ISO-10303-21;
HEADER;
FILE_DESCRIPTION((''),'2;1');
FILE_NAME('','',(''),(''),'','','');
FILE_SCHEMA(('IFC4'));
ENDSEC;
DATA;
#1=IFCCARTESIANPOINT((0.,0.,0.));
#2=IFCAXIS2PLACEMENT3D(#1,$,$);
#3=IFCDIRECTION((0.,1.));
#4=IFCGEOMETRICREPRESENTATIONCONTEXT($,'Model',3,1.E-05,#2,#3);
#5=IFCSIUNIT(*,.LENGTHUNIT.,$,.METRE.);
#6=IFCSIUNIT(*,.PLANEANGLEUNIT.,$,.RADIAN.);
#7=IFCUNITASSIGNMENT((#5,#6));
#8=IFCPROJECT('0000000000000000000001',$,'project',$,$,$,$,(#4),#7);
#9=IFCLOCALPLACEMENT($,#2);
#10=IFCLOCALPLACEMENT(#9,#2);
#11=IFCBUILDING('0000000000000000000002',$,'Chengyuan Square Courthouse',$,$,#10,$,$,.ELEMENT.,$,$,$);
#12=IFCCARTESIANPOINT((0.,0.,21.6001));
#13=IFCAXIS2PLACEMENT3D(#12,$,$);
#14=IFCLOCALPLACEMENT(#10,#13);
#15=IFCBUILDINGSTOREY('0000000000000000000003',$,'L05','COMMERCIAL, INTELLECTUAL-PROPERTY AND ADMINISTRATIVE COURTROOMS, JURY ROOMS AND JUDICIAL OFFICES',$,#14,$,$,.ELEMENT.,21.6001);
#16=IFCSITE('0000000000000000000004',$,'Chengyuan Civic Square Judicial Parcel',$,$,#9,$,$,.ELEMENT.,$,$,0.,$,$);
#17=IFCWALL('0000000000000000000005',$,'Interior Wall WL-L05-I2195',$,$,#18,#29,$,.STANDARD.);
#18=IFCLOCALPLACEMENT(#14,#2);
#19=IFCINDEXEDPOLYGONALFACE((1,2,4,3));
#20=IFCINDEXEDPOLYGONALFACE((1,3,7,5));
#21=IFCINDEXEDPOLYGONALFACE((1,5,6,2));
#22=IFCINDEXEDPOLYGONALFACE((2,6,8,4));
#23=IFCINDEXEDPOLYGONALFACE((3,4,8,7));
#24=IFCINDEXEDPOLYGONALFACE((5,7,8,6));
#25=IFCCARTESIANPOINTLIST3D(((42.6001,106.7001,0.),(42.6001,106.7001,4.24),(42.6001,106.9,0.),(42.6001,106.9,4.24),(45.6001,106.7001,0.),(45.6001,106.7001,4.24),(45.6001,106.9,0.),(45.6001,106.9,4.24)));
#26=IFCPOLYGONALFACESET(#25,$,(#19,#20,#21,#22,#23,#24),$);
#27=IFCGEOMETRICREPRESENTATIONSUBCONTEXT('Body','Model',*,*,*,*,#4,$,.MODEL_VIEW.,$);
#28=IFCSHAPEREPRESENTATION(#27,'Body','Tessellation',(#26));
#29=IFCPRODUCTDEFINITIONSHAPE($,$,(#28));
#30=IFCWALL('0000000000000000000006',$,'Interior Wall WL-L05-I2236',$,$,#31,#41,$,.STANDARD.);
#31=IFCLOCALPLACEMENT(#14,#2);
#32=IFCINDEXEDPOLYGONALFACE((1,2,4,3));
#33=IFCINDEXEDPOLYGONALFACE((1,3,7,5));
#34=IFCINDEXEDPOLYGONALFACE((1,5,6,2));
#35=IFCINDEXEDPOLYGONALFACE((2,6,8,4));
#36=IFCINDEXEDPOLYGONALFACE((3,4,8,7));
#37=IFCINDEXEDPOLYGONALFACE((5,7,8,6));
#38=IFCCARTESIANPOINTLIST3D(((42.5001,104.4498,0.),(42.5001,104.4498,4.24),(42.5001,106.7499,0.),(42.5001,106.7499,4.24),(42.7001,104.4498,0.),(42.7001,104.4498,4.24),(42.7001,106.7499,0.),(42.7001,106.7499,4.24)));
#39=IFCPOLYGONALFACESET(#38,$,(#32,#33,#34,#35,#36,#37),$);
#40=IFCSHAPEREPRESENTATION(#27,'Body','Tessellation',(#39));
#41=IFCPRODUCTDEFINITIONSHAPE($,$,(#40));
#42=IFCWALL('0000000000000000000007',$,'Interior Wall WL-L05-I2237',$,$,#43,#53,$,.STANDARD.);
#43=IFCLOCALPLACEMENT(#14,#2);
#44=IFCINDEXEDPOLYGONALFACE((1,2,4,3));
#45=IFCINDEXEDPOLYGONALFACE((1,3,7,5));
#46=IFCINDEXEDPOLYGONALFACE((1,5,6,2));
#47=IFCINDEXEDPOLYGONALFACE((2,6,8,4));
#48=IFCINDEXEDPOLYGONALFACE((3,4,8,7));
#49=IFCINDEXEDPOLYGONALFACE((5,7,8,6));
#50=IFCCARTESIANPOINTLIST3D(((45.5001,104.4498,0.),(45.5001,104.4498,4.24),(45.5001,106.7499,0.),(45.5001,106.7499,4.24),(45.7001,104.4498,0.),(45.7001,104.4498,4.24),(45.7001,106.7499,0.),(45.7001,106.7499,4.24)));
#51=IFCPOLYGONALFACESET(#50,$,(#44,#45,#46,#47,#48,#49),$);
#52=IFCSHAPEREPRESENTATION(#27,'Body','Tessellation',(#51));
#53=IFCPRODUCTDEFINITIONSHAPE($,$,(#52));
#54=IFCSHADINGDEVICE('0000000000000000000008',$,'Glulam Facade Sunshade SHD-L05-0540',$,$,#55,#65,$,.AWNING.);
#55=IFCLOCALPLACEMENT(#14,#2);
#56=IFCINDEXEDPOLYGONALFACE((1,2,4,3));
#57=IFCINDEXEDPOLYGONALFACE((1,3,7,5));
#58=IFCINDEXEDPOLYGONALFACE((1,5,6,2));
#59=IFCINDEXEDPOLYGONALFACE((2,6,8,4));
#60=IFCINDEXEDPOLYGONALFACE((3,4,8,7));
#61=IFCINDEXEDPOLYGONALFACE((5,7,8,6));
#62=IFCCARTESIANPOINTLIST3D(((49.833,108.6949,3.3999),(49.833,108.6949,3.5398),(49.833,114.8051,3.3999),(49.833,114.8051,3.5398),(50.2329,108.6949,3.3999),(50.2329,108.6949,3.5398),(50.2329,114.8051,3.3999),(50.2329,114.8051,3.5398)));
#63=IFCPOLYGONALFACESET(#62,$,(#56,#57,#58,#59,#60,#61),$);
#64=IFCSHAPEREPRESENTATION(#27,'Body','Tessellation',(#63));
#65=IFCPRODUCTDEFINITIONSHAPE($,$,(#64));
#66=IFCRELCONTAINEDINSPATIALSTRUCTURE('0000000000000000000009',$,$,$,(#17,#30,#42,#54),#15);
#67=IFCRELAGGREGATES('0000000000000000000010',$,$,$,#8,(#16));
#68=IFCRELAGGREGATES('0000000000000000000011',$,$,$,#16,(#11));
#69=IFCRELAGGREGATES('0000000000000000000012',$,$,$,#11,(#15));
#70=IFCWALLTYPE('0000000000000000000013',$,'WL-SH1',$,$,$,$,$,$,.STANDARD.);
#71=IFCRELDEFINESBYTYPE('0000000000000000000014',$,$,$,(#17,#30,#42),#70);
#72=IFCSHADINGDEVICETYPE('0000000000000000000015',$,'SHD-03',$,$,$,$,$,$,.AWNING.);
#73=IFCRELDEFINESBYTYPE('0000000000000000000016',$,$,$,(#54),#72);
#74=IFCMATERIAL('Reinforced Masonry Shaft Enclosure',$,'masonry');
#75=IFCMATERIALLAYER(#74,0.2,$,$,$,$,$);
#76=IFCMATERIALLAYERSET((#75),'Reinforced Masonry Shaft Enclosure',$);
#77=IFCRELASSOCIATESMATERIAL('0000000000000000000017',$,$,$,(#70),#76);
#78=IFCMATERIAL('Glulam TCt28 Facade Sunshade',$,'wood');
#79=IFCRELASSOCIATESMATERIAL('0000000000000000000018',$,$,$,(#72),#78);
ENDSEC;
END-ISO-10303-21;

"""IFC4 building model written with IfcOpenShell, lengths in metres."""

from ifc_helpers import new_model, si_unit, direction, frame, frame_2d, origin, origin_2d, place, context, subcontext, project, spatial, rectangle, extrude, material, layer, layer_set, type_object, element, save


model = new_model("IFC4")

# Units and contexts
model_context = context("Model", 3, precision=1e-05, world=origin(), true_north=direction((0.0, 1.0)))
body_context = subcontext(model_context, "Body", "Model", "MODEL_VIEW")
ifc_project = project(units=[si_unit("LENGTHUNIT", "METRE"), si_unit("PLANEANGLEUNIT", "RADIAN")], contexts=[model_context])

# Site, building, storey
site_placement = place(None, origin())
site = spatial("IfcSite", under=ifc_project, at=site_placement, Name="Chengyuan Civic Square Judicial Parcel", CompositionType="ELEMENT", RefElevation=0.0)
building_placement = place(site_placement, origin())
building = spatial("IfcBuilding", under=site, at=building_placement, Name="Chengyuan Square Courthouse", CompositionType="ELEMENT")
storey_placement = place(building_placement, frame((0.0, 0.0, 21.6001)))
storey = spatial("IfcBuildingStorey", under=building, at=storey_placement, Name="L05", Description="COMMERCIAL, INTELLECTUAL-PROPERTY AND ADMINISTRATIVE COURTROOMS, JURY ROOMS AND JUDICIAL OFFICES", CompositionType="ELEMENT", Elevation=21.6001)

# Shared definitions
ifc_material_1 = material(Name="Reinforced Masonry Shaft Enclosure", Category="masonry")
ifc_layer_1 = layer(ifc_material_1, 0.2)
ifc_layer_set_1 = layer_set([ifc_layer_1], Name="Reinforced Masonry Shaft Enclosure")
wall_type_1 = type_object("IfcWallType", Name="WL-SH1", PredefinedType="STANDARD", material=ifc_layer_set_1)

# Walls
wall_1_placement = place(storey_placement, frame((42.6001, 106.8, 0.0), z_axis=(0.0, 0.0, 1.0), x_axis=(1.0, 0.0, 0.0)))
element("IfcWall", 1, at=wall_1_placement, inside=storey, type_object=wall_type_1, Name="Interior Wall WL-L05-I2195", PredefinedType="STANDARD", context=body_context, shape_type="SweptSolid", body=[
    extrude(rectangle(XDim=3.0, YDim=0.2, at=frame_2d((1.5, 0.0))), origin(), (0.0, 0.0, 1.0), 4.24),
])
for number, where, z_axis, x_axis, name in (
    (2, (42.6001, 104.45, 0.0), (0.0, 0.0, 1.0), (0.0, 1.0, 0.0), "Interior Wall WL-L05-I2236"),
    (3, (45.6001, 104.45, 0.0), (0.0, 0.0, 1.0), (0.0, 1.0, 0.0), "Interior Wall WL-L05-I2237"),
):
    element("IfcWall", number, at=place(storey_placement, frame(where, z_axis=z_axis, x_axis=x_axis)), inside=storey, type_object=wall_type_1, Name=name, PredefinedType="STANDARD", context=body_context, shape_type="SweptSolid", body=[
        extrude(rectangle(XDim=2.3, YDim=0.2, at=frame_2d((1.1499, 0.0))), origin(), (0.0, 0.0, 1.0), 4.24),
    ])

# Shading device
ifc_material_2 = material(Name="Glulam TCt28 Facade Sunshade", Category="wood")
shading_device_type = type_object("IfcShadingDeviceType", Name="SHD-03", PredefinedType="AWNING", material=ifc_material_2)
shading_device_placement = place(storey_placement, frame((50.033, 111.75, 3.3999), z_axis=(0.0, 0.0, 1.0), x_axis=(0.0, 1.0, 0.0)))
element("IfcShadingDevice", 4, at=shading_device_placement, inside=storey, type_object=shading_device_type, Name="Glulam Facade Sunshade SHD-L05-0540", PredefinedType="AWNING", context=body_context, shape_type="SweptSolid", body=[
    extrude(rectangle(XDim=6.1101, YDim=0.3999, at=origin_2d()), origin(), (0.0, 0.0, 1.0), 0.1399),
])

save(model, "model.ifc")
